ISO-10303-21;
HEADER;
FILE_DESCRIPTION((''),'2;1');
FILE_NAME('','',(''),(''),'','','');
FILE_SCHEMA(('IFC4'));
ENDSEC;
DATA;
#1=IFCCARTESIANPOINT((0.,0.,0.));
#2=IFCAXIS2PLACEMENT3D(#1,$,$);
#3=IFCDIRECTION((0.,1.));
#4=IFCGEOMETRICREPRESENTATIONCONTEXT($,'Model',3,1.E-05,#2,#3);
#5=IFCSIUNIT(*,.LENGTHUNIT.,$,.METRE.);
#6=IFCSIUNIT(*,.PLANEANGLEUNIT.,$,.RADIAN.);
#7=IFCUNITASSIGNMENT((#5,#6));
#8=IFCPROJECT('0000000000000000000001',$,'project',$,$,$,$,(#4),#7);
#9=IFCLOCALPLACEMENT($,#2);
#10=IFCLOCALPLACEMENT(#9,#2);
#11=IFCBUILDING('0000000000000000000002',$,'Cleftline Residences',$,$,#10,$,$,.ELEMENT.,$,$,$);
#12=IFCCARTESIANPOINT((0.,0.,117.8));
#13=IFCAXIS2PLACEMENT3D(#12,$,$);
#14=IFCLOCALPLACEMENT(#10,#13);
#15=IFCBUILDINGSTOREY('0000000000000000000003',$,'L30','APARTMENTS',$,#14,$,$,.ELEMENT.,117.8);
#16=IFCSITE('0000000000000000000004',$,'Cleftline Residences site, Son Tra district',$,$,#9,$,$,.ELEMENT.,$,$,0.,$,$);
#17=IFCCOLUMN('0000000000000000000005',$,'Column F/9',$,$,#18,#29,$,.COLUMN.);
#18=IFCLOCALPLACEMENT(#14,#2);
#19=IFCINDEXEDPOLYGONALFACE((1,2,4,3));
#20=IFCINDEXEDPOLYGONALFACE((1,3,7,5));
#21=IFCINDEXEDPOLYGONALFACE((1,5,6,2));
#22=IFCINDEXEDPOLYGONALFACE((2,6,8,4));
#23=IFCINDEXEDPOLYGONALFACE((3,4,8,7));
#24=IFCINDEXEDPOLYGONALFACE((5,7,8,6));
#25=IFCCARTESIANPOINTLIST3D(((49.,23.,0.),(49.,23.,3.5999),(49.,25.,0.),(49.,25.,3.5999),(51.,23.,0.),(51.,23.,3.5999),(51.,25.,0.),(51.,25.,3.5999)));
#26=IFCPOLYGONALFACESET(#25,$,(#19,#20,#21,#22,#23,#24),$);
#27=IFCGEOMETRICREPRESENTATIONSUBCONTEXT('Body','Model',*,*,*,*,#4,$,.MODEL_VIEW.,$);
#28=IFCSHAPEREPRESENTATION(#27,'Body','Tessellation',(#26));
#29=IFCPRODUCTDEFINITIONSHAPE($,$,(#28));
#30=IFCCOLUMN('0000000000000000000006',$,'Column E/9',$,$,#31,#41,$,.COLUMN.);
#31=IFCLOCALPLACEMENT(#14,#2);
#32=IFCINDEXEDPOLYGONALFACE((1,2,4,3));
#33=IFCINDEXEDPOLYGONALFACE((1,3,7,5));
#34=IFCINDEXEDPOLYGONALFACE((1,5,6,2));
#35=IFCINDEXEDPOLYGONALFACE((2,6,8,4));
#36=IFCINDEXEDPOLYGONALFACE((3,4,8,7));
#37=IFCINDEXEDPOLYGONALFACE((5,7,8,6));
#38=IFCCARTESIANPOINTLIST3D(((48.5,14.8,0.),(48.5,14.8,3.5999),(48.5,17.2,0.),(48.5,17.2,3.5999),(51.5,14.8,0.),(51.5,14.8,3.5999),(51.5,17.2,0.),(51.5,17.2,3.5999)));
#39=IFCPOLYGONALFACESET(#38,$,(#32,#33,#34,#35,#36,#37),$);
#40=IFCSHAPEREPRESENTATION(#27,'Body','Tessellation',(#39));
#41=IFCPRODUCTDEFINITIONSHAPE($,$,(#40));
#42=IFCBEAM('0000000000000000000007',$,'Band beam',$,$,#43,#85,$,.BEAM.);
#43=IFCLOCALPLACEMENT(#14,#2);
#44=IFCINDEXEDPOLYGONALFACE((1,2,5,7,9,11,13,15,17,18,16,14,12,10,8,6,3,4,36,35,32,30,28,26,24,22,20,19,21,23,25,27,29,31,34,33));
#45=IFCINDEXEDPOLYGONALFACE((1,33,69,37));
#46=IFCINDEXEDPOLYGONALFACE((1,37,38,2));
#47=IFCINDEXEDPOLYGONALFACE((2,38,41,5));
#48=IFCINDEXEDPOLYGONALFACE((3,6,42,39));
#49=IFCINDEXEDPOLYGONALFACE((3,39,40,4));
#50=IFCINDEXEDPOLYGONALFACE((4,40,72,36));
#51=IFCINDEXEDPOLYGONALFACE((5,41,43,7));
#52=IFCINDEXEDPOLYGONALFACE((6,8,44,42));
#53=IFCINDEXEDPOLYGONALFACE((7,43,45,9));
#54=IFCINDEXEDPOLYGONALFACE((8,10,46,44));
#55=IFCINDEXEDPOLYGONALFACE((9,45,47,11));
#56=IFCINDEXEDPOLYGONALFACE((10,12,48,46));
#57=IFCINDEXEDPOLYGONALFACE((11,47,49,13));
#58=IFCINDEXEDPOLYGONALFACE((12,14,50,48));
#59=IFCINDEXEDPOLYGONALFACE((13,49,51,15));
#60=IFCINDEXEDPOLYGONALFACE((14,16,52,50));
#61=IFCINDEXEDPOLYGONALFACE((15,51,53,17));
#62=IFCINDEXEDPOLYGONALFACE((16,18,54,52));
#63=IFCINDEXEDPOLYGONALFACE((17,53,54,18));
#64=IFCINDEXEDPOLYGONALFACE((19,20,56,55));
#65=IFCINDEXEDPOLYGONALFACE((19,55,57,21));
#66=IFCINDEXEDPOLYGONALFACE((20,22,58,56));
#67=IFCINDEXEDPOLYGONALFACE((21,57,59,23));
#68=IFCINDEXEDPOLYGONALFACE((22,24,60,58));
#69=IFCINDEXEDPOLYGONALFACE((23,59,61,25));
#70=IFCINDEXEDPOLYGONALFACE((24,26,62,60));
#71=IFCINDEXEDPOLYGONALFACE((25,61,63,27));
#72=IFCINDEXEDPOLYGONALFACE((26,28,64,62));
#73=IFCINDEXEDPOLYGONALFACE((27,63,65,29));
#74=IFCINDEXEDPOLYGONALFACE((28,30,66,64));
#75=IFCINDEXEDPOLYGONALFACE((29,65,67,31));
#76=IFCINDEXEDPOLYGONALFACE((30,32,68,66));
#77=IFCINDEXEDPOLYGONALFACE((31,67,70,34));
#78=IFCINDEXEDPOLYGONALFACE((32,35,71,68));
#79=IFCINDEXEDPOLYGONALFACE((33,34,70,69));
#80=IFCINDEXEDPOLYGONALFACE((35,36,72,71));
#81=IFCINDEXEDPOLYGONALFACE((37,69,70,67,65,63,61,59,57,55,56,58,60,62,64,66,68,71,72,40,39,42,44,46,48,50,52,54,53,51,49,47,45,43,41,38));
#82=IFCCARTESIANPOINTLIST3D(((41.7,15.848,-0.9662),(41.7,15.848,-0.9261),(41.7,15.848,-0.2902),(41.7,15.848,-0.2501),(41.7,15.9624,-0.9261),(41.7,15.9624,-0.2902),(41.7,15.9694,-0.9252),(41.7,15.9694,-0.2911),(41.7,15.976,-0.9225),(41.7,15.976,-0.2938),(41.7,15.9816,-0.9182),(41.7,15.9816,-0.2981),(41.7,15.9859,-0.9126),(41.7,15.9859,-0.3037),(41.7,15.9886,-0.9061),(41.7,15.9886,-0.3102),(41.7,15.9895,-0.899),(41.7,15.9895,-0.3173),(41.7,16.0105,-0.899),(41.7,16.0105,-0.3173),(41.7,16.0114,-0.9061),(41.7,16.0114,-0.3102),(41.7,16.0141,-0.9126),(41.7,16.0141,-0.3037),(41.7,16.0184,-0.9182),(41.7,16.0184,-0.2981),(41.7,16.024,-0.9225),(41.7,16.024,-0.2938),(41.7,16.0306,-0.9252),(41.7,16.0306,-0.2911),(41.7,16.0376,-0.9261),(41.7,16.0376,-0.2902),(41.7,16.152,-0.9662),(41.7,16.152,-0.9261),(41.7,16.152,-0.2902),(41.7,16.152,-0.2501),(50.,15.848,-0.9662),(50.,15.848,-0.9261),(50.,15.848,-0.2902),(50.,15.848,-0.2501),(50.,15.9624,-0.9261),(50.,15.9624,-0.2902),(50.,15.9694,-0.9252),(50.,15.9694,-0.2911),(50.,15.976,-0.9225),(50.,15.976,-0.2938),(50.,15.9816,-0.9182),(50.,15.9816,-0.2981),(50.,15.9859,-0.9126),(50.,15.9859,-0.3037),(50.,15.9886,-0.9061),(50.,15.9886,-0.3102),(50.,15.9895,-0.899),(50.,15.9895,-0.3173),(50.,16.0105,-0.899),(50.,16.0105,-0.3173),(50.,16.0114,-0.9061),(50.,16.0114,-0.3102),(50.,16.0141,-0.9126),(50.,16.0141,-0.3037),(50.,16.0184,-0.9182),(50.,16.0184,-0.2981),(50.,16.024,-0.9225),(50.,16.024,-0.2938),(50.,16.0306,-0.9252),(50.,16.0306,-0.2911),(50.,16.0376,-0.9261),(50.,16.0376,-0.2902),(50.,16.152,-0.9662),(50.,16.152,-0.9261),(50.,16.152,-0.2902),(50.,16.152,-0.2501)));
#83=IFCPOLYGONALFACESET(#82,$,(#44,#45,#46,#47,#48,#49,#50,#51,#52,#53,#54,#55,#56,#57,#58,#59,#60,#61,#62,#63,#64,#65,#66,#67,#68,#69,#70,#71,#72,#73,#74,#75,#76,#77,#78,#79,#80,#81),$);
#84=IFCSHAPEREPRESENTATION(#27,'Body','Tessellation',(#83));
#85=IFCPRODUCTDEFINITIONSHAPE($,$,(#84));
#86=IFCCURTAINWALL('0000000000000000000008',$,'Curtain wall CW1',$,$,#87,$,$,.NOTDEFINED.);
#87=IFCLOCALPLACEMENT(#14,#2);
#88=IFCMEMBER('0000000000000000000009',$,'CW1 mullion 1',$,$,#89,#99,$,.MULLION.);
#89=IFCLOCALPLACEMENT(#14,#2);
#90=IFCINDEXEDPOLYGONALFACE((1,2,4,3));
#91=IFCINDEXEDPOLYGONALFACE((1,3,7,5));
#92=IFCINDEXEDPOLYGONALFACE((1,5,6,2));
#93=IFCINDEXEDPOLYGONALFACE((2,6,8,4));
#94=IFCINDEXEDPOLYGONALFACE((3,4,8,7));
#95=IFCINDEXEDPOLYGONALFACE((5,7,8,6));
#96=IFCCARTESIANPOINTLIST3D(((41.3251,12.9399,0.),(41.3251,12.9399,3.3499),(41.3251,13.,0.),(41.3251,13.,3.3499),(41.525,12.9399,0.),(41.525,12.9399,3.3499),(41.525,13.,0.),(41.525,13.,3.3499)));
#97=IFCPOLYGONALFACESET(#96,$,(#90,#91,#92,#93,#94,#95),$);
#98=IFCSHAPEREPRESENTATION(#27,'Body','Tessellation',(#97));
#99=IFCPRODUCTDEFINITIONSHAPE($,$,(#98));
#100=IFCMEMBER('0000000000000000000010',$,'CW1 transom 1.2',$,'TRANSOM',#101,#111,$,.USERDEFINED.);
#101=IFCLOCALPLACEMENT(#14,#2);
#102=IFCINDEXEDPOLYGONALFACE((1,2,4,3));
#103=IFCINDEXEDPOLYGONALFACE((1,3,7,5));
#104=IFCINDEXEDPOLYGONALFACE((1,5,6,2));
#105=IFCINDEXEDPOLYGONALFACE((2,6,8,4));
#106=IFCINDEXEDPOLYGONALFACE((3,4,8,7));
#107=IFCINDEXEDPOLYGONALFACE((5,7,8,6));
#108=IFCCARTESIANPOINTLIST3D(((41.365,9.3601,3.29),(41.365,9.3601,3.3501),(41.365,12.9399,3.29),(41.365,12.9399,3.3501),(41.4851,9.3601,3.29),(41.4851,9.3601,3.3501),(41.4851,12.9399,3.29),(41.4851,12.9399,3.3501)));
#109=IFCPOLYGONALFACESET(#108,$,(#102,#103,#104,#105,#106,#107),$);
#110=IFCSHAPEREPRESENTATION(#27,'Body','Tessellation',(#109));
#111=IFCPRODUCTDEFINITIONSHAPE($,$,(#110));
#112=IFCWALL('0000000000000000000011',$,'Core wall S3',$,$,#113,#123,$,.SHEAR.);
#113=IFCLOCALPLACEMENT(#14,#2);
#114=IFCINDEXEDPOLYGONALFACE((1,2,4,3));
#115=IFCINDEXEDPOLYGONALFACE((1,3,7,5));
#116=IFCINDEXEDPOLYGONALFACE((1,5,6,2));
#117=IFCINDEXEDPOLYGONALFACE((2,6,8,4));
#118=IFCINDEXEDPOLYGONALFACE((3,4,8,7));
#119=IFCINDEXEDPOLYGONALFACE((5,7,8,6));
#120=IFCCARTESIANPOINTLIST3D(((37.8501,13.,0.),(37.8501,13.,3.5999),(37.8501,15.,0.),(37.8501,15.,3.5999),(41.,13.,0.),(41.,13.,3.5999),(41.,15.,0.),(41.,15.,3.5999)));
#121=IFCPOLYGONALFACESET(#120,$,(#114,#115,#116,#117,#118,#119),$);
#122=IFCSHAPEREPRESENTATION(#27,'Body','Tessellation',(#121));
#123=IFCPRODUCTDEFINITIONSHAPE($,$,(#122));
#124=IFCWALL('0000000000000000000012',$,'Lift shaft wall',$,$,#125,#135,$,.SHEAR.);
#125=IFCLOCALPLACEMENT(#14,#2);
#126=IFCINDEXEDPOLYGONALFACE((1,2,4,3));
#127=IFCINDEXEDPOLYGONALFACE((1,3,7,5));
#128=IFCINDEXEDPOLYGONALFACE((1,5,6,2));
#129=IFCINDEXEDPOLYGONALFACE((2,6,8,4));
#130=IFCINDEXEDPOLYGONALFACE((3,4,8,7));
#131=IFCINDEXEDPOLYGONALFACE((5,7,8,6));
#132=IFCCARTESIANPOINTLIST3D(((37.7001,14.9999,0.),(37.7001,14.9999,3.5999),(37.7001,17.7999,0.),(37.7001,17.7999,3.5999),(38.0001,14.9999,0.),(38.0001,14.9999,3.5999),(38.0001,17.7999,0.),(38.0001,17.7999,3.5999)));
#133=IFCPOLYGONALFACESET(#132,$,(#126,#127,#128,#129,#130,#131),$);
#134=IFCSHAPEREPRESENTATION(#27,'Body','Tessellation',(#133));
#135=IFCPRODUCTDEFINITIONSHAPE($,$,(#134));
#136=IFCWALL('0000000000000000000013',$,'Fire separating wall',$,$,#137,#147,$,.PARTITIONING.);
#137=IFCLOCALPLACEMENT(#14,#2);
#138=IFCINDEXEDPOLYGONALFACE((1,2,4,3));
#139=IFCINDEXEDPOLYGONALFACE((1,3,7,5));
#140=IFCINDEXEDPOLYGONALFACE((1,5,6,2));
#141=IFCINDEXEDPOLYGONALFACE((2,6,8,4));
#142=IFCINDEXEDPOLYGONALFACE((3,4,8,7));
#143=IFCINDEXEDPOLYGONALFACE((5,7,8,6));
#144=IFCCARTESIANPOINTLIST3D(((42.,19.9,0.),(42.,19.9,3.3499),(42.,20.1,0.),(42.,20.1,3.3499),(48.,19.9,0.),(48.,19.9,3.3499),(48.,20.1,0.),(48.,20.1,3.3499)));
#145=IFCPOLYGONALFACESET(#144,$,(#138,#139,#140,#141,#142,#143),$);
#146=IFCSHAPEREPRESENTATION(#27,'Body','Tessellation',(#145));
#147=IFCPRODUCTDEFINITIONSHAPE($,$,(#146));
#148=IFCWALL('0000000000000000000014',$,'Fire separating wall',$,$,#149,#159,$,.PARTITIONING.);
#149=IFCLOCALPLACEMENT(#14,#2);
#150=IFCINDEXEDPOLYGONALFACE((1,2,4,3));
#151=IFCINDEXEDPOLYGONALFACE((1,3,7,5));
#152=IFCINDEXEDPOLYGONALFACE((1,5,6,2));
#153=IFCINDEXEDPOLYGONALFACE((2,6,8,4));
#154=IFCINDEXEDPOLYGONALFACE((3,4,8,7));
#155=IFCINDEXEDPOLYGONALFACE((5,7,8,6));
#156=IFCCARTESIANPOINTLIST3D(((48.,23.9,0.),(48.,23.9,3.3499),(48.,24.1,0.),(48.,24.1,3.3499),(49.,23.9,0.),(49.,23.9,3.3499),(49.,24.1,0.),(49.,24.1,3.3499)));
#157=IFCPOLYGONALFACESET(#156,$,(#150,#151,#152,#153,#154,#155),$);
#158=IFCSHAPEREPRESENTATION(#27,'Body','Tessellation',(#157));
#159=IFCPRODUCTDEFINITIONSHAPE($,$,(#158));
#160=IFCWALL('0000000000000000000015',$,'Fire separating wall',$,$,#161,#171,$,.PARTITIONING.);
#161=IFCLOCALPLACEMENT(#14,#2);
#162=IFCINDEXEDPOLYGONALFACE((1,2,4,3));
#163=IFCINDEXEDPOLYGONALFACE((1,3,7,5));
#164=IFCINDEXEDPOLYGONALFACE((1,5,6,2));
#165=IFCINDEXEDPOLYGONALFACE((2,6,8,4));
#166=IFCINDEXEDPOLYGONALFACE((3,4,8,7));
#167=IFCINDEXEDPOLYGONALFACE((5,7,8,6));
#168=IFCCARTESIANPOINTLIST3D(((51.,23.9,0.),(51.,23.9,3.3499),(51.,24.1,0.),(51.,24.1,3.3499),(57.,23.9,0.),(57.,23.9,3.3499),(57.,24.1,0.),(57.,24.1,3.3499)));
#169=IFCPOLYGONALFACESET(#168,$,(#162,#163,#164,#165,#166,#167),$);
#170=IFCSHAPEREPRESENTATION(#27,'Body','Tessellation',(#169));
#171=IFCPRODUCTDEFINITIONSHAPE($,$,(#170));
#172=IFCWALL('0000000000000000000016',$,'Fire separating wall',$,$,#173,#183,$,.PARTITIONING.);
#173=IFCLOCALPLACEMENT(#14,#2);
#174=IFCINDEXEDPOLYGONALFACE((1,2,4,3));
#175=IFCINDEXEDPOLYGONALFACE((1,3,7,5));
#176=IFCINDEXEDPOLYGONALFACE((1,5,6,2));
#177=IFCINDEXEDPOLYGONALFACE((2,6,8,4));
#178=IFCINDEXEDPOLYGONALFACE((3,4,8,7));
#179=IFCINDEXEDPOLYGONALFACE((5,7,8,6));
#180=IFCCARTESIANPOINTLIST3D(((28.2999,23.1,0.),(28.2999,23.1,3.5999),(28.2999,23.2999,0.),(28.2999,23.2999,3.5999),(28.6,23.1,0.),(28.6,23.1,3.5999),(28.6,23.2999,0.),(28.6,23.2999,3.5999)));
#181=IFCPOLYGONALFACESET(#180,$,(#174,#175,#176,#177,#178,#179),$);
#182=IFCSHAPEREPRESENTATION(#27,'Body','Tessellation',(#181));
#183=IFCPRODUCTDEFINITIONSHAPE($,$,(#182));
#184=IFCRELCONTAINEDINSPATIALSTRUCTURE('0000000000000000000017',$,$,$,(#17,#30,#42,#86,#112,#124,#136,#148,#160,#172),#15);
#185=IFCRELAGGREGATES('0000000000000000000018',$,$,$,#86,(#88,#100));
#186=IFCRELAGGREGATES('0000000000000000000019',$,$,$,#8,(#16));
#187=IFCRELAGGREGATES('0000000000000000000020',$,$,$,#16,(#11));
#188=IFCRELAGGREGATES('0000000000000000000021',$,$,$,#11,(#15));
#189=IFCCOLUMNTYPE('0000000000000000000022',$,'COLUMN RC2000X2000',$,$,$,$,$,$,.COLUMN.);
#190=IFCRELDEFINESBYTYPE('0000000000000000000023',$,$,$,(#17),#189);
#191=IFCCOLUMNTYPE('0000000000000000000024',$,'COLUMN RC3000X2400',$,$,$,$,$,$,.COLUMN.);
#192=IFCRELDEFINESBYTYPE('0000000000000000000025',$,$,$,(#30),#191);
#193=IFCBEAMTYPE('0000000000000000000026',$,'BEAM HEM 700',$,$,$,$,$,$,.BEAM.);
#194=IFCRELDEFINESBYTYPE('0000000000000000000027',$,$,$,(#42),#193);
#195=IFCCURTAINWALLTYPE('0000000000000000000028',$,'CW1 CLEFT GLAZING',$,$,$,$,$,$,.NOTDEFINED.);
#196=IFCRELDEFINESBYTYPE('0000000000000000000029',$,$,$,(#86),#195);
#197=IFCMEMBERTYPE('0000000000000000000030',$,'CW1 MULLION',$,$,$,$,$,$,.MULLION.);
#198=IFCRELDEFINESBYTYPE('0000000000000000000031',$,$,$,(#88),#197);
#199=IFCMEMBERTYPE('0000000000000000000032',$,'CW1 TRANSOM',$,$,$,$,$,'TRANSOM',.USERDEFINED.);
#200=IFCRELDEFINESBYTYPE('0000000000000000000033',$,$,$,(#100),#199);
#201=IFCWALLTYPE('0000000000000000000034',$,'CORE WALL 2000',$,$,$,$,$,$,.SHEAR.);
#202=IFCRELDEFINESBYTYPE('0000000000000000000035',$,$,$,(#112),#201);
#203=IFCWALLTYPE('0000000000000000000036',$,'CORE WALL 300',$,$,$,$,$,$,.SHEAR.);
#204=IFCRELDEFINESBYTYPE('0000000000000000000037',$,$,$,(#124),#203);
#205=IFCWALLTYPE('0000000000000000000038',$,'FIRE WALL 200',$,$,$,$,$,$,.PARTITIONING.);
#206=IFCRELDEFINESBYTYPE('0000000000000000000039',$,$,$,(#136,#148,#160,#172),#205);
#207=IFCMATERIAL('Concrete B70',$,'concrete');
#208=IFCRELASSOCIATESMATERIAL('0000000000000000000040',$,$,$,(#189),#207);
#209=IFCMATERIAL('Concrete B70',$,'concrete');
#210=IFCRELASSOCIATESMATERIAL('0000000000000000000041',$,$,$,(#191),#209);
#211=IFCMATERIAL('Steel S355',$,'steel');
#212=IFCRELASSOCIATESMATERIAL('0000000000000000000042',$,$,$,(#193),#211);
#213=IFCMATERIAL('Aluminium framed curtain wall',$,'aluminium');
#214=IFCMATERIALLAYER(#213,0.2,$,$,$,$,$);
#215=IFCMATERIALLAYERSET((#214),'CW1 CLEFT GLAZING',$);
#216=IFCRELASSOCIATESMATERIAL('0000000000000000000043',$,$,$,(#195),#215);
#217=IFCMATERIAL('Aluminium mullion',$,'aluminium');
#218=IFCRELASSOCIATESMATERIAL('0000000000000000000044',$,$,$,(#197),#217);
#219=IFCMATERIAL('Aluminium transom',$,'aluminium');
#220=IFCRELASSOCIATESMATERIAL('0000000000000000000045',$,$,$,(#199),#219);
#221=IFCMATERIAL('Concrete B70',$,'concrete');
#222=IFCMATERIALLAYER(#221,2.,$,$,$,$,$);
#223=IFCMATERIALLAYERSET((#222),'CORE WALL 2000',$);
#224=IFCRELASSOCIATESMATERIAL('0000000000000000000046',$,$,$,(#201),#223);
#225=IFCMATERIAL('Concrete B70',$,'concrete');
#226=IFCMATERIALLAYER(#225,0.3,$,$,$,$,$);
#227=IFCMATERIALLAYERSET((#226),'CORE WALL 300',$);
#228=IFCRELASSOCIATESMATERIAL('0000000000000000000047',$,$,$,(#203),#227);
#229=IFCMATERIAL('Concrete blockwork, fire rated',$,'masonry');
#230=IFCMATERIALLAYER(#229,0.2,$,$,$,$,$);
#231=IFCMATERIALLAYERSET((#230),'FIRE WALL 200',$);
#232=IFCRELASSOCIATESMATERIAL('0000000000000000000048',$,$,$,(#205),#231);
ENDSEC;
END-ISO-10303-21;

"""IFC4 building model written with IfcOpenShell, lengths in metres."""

from ifc_helpers import new_model, si_unit, direction, frame, frame_2d, origin, origin_2d, place, context, subcontext, project, spatial, rectangle, i_section, extrude, material, layer, layer_set, material_profile, profile_set, type_object, element, aggregate, save


model = new_model("IFC4")

# Units and contexts
model_context = context("Model", 3, precision=1e-05, world=origin(), true_north=direction((0.0, 1.0)))
body_context = subcontext(model_context, "Body", "Model", "MODEL_VIEW")
ifc_project = project(units=[si_unit("LENGTHUNIT", "METRE"), si_unit("PLANEANGLEUNIT", "RADIAN")], contexts=[model_context])

# Site, building, storey
site_placement = place(None, origin())
site = spatial("IfcSite", under=ifc_project, at=site_placement, Name="Cleftline Residences site, Son Tra district", CompositionType="ELEMENT", RefElevation=0.0)
building_placement = place(site_placement, origin())
building = spatial("IfcBuilding", under=site, at=building_placement, Name="Cleftline Residences", CompositionType="ELEMENT")
storey_placement = place(building_placement, frame((0.0, 0.0, 117.8)))
storey = spatial("IfcBuildingStorey", under=building, at=storey_placement, Name="L30", Description="APARTMENTS", CompositionType="ELEMENT", Elevation=117.8)

# Columns
ifc_material_1 = material(Name="Concrete B70", Category="concrete")
ifc_material_profile_1 = material_profile(ifc_material_1, rectangle(XDim=2.0, YDim=2.0, at=origin_2d()))
ifc_profile_set_1 = profile_set([ifc_material_profile_1], Name="Concrete B70")
column_type_1 = type_object("IfcColumnType", Name="COLUMN RC2000X2000", PredefinedType="COLUMN", material=ifc_profile_set_1)
column_1_placement = place(storey_placement, frame((50.0, 24.0, 0.0), z_axis=(0.0, 0.0, 1.0), x_axis=(1.0, 0.0, 0.0)))
element("IfcColumn", 1, at=column_1_placement, inside=storey, type_object=column_type_1, Name="Column F/9", PredefinedType="COLUMN", context=body_context, shape_type="SweptSolid", body=[
    extrude(rectangle(XDim=2.0, YDim=2.0, at=origin_2d()), origin(), (0.0, 0.0, 1.0), 3.5999),
])
ifc_material_2 = material(Name="Concrete B70", Category="concrete")
ifc_material_profile_2 = material_profile(ifc_material_2, rectangle(XDim=3.0, YDim=2.3999, at=origin_2d()))
ifc_profile_set_2 = profile_set([ifc_material_profile_2], Name="Concrete B70")
column_type_2 = type_object("IfcColumnType", Name="COLUMN RC3000X2400", PredefinedType="COLUMN", material=ifc_profile_set_2)
column_2_placement = place(storey_placement, frame((50.0, 16.0, 0.0), z_axis=(0.0, 0.0, 1.0), x_axis=(1.0, 0.0, 0.0)))
element("IfcColumn", 2, at=column_2_placement, inside=storey, type_object=column_type_2, Name="Column E/9", PredefinedType="COLUMN", context=body_context, shape_type="SweptSolid", body=[
    extrude(rectangle(XDim=3.0, YDim=2.3999, at=origin_2d()), origin(), (0.0, 0.0, 1.0), 3.5999),
])

# Beam
ifc_material_3 = material(Name="Steel S355", Category="steel")
ifc_material_profile_3 = material_profile(ifc_material_3, i_section(OverallWidth=0.304, OverallDepth=0.7161, WebThickness=0.021, FlangeThickness=0.04, FilletRadius=0.0271, at=origin_2d()))
ifc_profile_set_3 = profile_set([ifc_material_profile_3], Name="Steel S355")
beam_type = type_object("IfcBeamType", Name="BEAM HEM 700", PredefinedType="BEAM", material=ifc_profile_set_3)
beam_placement = place(storey_placement, frame((50.0, 16.0, -0.6082), z_axis=(-1.0, 0.0, 0.0), x_axis=(0.0, -1.0, 0.0)))
element("IfcBeam", 3, at=beam_placement, inside=storey, type_object=beam_type, Name="Band beam", PredefinedType="BEAM", context=body_context, shape_type="SweptSolid", body=[
    extrude(i_section(OverallWidth=0.304, OverallDepth=0.7161, WebThickness=0.021, FlangeThickness=0.04, FilletRadius=0.0271, at=origin_2d()), origin(), (0.0, 0.0, 1.0), 8.3),
])

# Curtain wall, members
ifc_material_4 = material(Name="Aluminium framed curtain wall", Category="aluminium")
ifc_layer_1 = layer(ifc_material_4, 0.2)
ifc_layer_set_1 = layer_set([ifc_layer_1], Name="CW1 CLEFT GLAZING")
curtain_wall_type = type_object("IfcCurtainWallType", Name="CW1 CLEFT GLAZING", PredefinedType="NOTDEFINED", material=ifc_layer_set_1)
curtain_wall_placement = place(storey_placement, origin())
curtain_wall = element("IfcCurtainWall", 4, at=curtain_wall_placement, inside=storey, type_object=curtain_wall_type, Name="Curtain wall CW1", PredefinedType="NOTDEFINED")
ifc_material_5 = material(Name="Aluminium mullion", Category="aluminium")
ifc_material_profile_4 = material_profile(ifc_material_5, rectangle(XDim=0.2, YDim=0.0601, at=origin_2d()))
ifc_profile_set_4 = profile_set([ifc_material_profile_4], Name="Aluminium mullion")
member_type_1 = type_object("IfcMemberType", Name="CW1 MULLION", PredefinedType="MULLION", material=ifc_profile_set_4)
member_1_placement = place(storey_placement, frame((41.425, 12.97, 0.0), z_axis=(0.0, 0.0, 1.0), x_axis=(1.0, 0.0, 0.0)))
member_1 = element("IfcMember", 5, at=member_1_placement, type_object=member_type_1, Name="CW1 mullion 1", PredefinedType="MULLION", context=body_context, shape_type="SweptSolid", body=[
    extrude(rectangle(XDim=0.2, YDim=0.0601, at=origin_2d()), origin(), (0.0, 0.0, 1.0), 3.3499),
])
ifc_material_6 = material(Name="Aluminium transom", Category="aluminium")
ifc_material_profile_5 = material_profile(ifc_material_6, rectangle(XDim=0.1201, YDim=0.0601, at=origin_2d()))
ifc_profile_set_5 = profile_set([ifc_material_profile_5], Name="Aluminium transom")
member_type_2 = type_object("IfcMemberType", Name="CW1 TRANSOM", ElementType="TRANSOM", PredefinedType="USERDEFINED", material=ifc_profile_set_5)
member_2_placement = place(storey_placement, frame((41.425, 12.9399, 3.3201), z_axis=(0.0, -1.0, 0.0), x_axis=(1.0, 0.0, 0.0)))
member_2 = element("IfcMember", 6, at=member_2_placement, type_object=member_type_2, Name="CW1 transom 1.2", ObjectType="TRANSOM", PredefinedType="USERDEFINED", context=body_context, shape_type="SweptSolid", body=[
    extrude(rectangle(XDim=0.1201, YDim=0.0601, at=origin_2d()), origin(), (0.0, 0.0, 1.0), 3.5798),
])
aggregate(curtain_wall, [member_1, member_2])

# Walls
ifc_material_7 = material(Name="Concrete B70", Category="concrete")
ifc_layer_2 = layer(ifc_material_7, 2.0)
ifc_layer_set_2 = layer_set([ifc_layer_2], Name="CORE WALL 2000")
wall_type_1 = type_object("IfcWallType", Name="CORE WALL 2000", PredefinedType="SHEAR", material=ifc_layer_set_2)
wall_1_placement = place(storey_placement, frame((37.8501, 14.0, 0.0), z_axis=(0.0, 0.0, 1.0), x_axis=(1.0, 0.0, 0.0)))
element("IfcWall", 7, at=wall_1_placement, inside=storey, type_object=wall_type_1, Name="Core wall S3", PredefinedType="SHEAR", context=body_context, shape_type="SweptSolid", body=[
    extrude(rectangle(XDim=3.1499, YDim=2.0, at=frame_2d((1.575, 0.0))), origin(), (0.0, 0.0, 1.0), 3.5999),
])
ifc_material_8 = material(Name="Concrete B70", Category="concrete")
ifc_layer_3 = layer(ifc_material_8, 0.3)
ifc_layer_set_3 = layer_set([ifc_layer_3], Name="CORE WALL 300")
wall_type_2 = type_object("IfcWallType", Name="CORE WALL 300", PredefinedType="SHEAR", material=ifc_layer_set_3)
wall_2_placement = place(storey_placement, frame((37.8501, 15.0, 0.0), z_axis=(0.0, 0.0, 1.0), x_axis=(0.0, 1.0, 0.0)))
element("IfcWall", 8, at=wall_2_placement, inside=storey, type_object=wall_type_2, Name="Lift shaft wall", PredefinedType="SHEAR", context=body_context, shape_type="SweptSolid", body=[
    extrude(rectangle(XDim=2.8, YDim=0.3, at=frame_2d((1.3999, 0.0))), origin(), (0.0, 0.0, 1.0), 3.5999),
])
ifc_material_9 = material(Name="Concrete blockwork, fire rated", Category="masonry")
ifc_layer_4 = layer(ifc_material_9, 0.2)
ifc_layer_set_4 = layer_set([ifc_layer_4], Name="FIRE WALL 200")
wall_type_3 = type_object("IfcWallType", Name="FIRE WALL 200", PredefinedType="PARTITIONING", material=ifc_layer_set_4)
wall_3_placement = place(storey_placement, frame((42.0, 20.0, 0.0), z_axis=(0.0, 0.0, 1.0), x_axis=(1.0, 0.0, 0.0)))
element("IfcWall", 9, at=wall_3_placement, inside=storey, type_object=wall_type_3, Name="Fire separating wall", PredefinedType="PARTITIONING", context=body_context, shape_type="SweptSolid", body=[
    extrude(rectangle(XDim=6.0, YDim=0.2, at=frame_2d((3.0, 0.0))), origin(), (0.0, 0.0, 1.0), 3.3499),
])
wall_4_placement = place(storey_placement, frame((48.0, 24.0, 0.0), z_axis=(0.0, 0.0, 1.0), x_axis=(1.0, 0.0, 0.0)))
element("IfcWall", 10, at=wall_4_placement, inside=storey, type_object=wall_type_3, Name="Fire separating wall", PredefinedType="PARTITIONING", context=body_context, shape_type="SweptSolid", body=[
    extrude(rectangle(XDim=1.0, YDim=0.2, at=frame_2d((0.5, 0.0))), origin(), (0.0, 0.0, 1.0), 3.3499),
])
wall_5_placement = place(storey_placement, frame((51.0, 24.0, 0.0), z_axis=(0.0, 0.0, 1.0), x_axis=(1.0, 0.0, 0.0)))
element("IfcWall", 11, at=wall_5_placement, inside=storey, type_object=wall_type_3, Name="Fire separating wall", PredefinedType="PARTITIONING", context=body_context, shape_type="SweptSolid", body=[
    extrude(rectangle(XDim=6.0, YDim=0.2, at=frame_2d((3.0, 0.0))), origin(), (0.0, 0.0, 1.0), 3.3499),
])

# Wall
wall_6_placement = place(storey_placement, frame((28.3, 23.2, 0.0), z_axis=(0.0, 0.0, 1.0), x_axis=(1.0, 0.0, 0.0)))
element("IfcWall", 12, at=wall_6_placement, inside=storey, type_object=wall_type_3, Name="Fire separating wall", PredefinedType="PARTITIONING", context=body_context, shape_type="SweptSolid", body=[
    extrude(rectangle(XDim=0.3, YDim=0.2, at=frame_2d((0.1499, 0.0))), origin(), (0.0, 0.0, 1.0), 3.5999),
])

save(model, "model.ifc")
